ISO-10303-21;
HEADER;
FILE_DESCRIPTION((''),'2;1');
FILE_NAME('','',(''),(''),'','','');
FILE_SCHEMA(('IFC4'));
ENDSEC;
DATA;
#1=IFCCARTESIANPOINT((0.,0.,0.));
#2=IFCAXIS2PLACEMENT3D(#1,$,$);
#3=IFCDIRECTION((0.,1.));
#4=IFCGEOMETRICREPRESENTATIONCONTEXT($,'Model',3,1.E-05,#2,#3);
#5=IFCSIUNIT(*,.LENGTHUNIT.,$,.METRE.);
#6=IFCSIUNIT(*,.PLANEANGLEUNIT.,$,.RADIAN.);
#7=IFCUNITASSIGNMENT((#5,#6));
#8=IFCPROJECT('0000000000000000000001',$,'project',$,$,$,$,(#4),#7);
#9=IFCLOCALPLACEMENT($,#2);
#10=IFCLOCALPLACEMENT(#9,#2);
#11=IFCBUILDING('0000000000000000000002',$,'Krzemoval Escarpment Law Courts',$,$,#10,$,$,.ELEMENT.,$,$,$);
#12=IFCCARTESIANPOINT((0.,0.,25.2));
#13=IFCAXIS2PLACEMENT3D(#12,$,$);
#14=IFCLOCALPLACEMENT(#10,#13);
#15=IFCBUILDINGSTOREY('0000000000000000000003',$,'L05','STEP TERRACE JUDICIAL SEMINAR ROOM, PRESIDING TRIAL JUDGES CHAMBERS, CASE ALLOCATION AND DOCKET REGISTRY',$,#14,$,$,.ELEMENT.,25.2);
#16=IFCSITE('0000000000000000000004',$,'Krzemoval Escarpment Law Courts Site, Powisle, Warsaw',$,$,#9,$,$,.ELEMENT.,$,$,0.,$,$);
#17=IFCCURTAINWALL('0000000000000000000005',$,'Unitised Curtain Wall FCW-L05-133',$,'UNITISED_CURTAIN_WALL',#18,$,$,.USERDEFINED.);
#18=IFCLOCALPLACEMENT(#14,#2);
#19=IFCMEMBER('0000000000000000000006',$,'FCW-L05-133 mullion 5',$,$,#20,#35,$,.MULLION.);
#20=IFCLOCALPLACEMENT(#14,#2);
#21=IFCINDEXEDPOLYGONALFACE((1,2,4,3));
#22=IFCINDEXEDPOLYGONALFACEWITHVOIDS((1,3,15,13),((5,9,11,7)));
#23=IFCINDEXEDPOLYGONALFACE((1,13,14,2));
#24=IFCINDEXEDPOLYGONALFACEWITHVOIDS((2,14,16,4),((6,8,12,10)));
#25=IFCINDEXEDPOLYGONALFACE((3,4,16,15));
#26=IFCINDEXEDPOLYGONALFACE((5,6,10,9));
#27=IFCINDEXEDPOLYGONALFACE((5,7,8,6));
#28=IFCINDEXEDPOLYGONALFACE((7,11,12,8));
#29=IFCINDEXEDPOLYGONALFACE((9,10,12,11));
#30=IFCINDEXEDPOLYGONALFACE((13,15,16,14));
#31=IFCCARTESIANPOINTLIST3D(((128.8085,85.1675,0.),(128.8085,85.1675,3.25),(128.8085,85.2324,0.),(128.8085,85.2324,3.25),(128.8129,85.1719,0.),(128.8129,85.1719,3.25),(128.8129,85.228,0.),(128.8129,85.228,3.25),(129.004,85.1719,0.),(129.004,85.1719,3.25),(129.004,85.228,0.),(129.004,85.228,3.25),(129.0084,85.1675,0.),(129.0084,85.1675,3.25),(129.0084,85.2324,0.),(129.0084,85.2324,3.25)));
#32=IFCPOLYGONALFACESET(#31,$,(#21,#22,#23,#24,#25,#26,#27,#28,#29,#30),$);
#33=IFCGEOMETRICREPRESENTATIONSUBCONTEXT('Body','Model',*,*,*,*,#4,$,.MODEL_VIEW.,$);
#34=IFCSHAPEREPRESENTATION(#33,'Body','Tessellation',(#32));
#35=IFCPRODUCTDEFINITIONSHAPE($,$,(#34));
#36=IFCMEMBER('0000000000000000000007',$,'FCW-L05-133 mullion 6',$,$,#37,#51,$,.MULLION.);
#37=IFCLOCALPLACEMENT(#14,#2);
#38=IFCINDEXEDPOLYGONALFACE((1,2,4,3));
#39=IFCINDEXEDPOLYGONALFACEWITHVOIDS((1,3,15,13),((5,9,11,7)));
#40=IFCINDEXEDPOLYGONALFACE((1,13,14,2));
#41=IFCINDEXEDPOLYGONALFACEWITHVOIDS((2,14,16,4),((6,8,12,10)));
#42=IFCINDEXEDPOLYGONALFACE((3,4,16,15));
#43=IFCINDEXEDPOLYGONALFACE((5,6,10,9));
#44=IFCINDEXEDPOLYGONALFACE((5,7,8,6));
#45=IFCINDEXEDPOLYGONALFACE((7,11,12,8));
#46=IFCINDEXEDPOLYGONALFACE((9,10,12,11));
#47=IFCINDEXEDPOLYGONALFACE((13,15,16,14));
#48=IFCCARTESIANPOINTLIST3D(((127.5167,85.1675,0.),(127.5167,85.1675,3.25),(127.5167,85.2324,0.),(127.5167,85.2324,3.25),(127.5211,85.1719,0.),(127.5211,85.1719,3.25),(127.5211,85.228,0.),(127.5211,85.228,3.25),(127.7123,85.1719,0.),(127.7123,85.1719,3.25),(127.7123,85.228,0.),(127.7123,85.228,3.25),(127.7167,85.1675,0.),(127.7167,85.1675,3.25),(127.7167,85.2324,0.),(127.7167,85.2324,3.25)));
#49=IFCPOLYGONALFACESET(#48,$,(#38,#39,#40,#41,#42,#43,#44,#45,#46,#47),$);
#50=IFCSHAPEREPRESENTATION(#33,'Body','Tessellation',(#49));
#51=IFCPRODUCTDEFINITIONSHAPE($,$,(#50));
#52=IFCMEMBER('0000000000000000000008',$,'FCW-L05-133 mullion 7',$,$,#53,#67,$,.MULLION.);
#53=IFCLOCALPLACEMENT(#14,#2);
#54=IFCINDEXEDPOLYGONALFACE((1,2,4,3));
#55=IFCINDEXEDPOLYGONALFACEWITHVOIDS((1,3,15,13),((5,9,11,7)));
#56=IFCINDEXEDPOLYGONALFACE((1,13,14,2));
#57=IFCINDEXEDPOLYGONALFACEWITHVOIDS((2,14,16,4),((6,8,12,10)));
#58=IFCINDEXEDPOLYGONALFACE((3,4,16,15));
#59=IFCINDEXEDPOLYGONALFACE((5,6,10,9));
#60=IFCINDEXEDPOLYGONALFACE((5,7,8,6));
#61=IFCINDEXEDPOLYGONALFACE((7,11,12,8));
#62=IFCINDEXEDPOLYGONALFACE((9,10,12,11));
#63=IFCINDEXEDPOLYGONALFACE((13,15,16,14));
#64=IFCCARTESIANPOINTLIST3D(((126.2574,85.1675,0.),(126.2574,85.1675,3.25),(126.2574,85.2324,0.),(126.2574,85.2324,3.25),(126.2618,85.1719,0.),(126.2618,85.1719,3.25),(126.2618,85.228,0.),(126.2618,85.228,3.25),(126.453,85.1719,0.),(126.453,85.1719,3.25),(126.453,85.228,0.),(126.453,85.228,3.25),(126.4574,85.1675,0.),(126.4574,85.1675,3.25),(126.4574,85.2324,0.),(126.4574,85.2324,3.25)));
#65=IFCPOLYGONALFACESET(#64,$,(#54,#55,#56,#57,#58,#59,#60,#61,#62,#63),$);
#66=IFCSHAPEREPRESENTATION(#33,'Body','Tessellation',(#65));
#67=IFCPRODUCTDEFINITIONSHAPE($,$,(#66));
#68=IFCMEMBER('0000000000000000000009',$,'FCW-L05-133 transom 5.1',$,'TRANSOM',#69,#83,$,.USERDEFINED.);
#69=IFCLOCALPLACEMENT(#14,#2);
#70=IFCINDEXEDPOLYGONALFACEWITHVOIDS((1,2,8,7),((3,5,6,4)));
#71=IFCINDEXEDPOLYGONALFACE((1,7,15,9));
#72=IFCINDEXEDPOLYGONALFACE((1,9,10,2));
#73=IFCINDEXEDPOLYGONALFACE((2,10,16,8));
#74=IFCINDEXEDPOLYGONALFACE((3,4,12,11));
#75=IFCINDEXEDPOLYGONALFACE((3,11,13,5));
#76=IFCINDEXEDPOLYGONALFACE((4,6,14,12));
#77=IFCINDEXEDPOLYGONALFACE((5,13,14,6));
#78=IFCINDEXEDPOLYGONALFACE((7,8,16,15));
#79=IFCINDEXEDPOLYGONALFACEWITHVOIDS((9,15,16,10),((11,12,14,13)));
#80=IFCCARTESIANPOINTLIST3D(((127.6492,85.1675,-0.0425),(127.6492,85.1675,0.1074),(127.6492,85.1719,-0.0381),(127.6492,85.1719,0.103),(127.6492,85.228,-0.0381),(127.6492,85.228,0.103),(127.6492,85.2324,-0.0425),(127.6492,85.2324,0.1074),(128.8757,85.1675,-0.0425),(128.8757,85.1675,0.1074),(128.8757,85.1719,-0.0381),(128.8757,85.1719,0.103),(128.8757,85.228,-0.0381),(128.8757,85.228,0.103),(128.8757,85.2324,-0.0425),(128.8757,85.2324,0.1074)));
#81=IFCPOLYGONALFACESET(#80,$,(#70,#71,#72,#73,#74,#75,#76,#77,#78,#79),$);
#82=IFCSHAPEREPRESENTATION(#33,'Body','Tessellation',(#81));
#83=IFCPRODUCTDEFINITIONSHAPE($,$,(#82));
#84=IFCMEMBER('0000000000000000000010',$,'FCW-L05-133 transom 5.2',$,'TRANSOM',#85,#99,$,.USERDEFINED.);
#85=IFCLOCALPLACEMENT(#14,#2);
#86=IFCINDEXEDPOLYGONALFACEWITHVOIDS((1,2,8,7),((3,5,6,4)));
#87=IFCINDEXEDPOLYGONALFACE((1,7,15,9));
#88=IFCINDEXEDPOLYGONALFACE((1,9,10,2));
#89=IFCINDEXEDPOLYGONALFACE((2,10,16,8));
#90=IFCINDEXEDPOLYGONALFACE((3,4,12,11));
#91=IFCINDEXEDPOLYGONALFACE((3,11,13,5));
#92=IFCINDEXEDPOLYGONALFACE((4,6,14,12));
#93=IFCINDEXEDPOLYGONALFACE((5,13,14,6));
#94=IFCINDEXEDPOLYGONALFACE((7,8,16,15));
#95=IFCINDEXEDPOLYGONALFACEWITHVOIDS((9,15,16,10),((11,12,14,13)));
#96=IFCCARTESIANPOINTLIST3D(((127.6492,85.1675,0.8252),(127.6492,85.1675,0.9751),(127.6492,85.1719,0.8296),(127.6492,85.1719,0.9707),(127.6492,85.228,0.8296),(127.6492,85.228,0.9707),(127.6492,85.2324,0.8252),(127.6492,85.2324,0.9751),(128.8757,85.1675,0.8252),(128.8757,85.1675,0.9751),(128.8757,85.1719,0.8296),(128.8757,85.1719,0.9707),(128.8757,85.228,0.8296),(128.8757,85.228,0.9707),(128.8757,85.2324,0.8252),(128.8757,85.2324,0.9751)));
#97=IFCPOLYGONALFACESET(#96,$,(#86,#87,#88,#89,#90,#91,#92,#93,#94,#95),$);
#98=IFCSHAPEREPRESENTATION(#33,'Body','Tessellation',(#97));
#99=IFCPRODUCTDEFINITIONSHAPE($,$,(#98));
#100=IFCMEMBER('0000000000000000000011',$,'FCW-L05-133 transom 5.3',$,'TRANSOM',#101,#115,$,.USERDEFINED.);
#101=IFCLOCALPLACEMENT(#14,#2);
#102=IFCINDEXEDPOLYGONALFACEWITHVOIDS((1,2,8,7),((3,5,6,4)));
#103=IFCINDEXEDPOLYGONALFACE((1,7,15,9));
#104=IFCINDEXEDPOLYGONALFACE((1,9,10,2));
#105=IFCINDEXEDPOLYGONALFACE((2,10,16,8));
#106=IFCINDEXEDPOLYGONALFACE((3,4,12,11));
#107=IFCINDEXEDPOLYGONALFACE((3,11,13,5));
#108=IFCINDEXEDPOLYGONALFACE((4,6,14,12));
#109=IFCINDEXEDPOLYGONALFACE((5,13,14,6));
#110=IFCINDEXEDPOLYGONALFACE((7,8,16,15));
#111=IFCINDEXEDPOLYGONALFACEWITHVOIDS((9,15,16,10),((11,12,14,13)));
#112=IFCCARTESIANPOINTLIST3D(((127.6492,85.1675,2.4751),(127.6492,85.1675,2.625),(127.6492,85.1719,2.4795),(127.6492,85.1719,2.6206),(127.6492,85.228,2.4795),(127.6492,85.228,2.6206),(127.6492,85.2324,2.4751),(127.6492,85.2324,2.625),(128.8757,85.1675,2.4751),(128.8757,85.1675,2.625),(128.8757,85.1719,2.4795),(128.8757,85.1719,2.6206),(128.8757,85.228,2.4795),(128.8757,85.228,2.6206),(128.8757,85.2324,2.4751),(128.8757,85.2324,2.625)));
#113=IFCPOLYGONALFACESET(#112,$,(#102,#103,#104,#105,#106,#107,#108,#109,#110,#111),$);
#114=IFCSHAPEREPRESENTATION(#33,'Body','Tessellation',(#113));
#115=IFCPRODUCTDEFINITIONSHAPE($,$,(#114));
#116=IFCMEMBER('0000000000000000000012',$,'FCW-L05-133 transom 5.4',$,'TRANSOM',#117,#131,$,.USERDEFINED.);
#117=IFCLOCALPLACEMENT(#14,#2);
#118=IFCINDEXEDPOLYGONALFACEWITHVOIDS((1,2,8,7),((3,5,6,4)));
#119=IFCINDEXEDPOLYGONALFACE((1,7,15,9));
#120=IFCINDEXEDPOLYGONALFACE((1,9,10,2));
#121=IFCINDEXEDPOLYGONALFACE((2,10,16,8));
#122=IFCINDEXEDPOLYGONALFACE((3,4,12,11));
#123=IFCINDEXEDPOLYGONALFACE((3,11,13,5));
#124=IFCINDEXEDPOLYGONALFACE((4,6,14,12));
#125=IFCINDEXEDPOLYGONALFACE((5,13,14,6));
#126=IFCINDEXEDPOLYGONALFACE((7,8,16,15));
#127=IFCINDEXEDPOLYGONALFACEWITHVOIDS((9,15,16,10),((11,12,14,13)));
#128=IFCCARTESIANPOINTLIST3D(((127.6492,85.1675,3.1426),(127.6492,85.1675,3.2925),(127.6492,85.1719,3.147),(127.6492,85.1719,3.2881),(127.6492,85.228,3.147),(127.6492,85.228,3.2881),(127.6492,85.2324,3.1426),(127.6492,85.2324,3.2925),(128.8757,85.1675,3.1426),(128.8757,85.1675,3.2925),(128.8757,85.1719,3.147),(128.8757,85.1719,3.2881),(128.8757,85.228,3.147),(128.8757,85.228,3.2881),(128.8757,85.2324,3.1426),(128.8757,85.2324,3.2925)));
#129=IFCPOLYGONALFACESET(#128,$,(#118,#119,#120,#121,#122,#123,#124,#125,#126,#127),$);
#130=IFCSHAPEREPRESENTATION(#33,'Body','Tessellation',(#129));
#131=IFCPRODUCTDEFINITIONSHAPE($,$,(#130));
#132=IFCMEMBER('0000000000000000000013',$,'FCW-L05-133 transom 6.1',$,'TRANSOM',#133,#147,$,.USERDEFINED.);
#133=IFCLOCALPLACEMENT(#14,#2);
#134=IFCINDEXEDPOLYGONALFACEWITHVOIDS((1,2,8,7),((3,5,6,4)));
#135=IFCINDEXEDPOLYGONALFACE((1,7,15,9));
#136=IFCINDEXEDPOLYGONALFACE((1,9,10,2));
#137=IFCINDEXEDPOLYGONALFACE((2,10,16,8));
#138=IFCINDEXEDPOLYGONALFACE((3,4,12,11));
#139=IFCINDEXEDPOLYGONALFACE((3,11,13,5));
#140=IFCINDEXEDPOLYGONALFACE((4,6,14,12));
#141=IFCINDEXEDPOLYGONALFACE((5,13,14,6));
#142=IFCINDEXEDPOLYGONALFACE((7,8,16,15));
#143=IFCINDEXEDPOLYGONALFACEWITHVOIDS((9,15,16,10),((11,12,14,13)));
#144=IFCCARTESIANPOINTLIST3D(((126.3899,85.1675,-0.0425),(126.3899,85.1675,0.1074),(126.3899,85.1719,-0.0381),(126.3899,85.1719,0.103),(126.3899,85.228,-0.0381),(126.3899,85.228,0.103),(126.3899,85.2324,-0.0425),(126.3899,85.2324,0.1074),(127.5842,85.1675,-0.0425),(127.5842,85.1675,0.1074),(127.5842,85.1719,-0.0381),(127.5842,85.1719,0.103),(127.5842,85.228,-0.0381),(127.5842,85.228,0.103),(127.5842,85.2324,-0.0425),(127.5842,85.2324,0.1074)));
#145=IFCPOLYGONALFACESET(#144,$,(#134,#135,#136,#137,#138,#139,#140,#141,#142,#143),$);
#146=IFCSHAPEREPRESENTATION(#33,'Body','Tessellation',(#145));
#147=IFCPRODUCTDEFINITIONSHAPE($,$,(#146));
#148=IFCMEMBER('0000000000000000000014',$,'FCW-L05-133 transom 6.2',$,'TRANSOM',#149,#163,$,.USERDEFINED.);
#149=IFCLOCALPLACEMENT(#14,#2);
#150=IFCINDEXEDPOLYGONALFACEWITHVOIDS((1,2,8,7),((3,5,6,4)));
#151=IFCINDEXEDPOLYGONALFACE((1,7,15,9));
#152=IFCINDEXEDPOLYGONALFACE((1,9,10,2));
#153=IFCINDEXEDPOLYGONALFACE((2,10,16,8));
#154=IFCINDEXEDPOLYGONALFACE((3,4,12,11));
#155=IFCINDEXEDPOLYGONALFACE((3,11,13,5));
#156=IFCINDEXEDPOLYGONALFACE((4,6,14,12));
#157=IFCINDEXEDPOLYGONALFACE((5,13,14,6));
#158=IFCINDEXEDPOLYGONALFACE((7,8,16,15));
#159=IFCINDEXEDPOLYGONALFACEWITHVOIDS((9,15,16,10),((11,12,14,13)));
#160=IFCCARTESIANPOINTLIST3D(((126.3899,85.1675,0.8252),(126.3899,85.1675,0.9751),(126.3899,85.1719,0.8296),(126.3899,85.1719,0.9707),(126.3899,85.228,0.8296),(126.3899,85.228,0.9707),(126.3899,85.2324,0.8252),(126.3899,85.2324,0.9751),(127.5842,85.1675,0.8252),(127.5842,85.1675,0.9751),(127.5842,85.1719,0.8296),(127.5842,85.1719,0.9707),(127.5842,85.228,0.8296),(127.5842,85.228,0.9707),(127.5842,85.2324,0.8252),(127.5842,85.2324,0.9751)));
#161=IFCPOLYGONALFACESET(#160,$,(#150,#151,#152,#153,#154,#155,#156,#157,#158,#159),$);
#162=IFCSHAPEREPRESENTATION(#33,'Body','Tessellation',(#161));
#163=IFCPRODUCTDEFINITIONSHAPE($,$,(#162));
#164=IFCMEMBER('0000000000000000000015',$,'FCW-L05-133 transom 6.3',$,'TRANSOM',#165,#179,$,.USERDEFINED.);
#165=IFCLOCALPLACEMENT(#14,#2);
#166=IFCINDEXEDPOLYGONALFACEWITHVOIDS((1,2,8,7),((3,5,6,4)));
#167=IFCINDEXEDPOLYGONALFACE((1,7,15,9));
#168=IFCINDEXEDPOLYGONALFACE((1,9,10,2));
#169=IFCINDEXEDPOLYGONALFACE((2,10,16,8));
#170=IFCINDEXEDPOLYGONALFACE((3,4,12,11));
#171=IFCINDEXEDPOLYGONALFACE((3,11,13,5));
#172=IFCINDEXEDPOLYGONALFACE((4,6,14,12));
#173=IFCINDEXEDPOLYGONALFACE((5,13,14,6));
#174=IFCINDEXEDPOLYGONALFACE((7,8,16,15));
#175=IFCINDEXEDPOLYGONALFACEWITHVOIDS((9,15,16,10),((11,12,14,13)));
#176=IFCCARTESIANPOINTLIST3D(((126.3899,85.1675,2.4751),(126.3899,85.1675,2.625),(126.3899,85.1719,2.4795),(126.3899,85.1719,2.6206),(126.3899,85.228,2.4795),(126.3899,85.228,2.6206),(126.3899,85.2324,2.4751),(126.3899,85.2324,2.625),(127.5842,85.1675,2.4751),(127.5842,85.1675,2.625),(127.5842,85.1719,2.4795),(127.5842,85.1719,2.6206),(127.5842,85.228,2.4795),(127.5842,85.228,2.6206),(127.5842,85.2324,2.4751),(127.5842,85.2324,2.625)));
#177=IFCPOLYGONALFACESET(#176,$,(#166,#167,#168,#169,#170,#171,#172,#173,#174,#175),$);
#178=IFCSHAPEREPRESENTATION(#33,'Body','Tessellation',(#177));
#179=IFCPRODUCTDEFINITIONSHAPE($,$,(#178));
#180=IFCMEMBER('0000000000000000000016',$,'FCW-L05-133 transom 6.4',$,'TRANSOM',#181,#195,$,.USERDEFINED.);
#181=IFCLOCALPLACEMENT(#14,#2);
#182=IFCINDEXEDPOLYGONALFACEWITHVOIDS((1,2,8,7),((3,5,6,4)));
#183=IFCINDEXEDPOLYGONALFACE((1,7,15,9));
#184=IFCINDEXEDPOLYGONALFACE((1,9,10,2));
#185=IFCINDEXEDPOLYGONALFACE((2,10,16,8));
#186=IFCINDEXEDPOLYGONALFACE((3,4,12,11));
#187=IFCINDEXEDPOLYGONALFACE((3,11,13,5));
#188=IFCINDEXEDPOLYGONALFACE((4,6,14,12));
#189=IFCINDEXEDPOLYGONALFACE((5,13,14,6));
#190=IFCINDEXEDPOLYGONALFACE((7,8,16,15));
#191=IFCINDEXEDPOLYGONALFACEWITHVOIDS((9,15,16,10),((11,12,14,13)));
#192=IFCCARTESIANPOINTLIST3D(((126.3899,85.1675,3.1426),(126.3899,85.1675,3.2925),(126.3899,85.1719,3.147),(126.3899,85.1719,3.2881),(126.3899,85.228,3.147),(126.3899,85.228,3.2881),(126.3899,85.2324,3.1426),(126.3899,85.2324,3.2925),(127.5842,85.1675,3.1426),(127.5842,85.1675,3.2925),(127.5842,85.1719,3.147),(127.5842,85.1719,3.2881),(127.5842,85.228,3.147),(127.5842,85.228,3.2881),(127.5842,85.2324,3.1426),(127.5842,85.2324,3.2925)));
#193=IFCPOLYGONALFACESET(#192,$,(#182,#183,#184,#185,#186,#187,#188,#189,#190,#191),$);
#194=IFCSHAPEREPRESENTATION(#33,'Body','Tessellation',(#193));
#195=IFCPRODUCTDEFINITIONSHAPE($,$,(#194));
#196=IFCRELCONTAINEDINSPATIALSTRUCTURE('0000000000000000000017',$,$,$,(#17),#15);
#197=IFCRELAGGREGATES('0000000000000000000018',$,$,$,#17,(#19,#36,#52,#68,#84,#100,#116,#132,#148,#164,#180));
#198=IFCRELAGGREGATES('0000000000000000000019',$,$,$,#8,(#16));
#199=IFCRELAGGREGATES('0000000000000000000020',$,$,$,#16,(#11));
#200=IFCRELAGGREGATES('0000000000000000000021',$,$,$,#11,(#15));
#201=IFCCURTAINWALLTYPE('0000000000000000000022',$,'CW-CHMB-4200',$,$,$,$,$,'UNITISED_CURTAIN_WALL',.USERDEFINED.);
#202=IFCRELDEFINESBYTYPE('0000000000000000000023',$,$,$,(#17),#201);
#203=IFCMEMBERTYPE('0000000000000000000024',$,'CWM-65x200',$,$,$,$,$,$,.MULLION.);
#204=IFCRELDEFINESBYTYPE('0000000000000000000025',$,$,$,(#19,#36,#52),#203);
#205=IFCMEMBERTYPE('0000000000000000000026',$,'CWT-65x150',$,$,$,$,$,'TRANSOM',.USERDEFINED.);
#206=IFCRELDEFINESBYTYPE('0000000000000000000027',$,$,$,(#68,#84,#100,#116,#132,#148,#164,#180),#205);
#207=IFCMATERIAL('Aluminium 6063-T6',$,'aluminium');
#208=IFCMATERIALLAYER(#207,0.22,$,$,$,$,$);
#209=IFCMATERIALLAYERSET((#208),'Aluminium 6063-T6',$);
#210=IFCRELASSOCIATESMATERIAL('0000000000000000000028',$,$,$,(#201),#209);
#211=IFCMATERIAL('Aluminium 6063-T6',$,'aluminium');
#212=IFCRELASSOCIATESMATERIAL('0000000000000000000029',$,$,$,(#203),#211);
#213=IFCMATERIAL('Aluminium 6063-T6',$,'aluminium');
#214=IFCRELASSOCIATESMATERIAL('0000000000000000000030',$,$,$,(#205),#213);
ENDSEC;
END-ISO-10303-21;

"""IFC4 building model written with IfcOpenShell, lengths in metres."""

from ifc_helpers import new_model, si_unit, direction, frame, origin, origin_2d, place, context, subcontext, project, spatial, hollow_rectangle, extrude, material, layer, layer_set, material_profile, profile_set, type_object, element, aggregate, save


model = new_model("IFC4")

# Units and contexts
model_context = context("Model", 3, precision=1e-05, world=origin(), true_north=direction((0.0, 1.0)))
body_context = subcontext(model_context, "Body", "Model", "MODEL_VIEW")
ifc_project = project(units=[si_unit("LENGTHUNIT", "METRE"), si_unit("PLANEANGLEUNIT", "RADIAN")], contexts=[model_context])

# Site, building, storey
site_placement = place(None, origin())
site = spatial("IfcSite", under=ifc_project, at=site_placement, Name="Krzemoval Escarpment Law Courts Site, Powisle, Warsaw", CompositionType="ELEMENT", RefElevation=0.0)
building_placement = place(site_placement, origin())
building = spatial("IfcBuilding", under=site, at=building_placement, Name="Krzemoval Escarpment Law Courts", CompositionType="ELEMENT")
storey_placement = place(building_placement, frame((0.0, 0.0, 25.2)))
storey = spatial("IfcBuildingStorey", under=building, at=storey_placement, Name="L05", Description="STEP TERRACE JUDICIAL SEMINAR ROOM, PRESIDING TRIAL JUDGES CHAMBERS, CASE ALLOCATION AND DOCKET REGISTRY", CompositionType="ELEMENT", Elevation=25.2)

# Curtain wall, members
ifc_material_1 = material(Name="Aluminium 6063-T6", Category="aluminium")
ifc_layer_1 = layer(ifc_material_1, 0.22)
ifc_layer_set_1 = layer_set([ifc_layer_1], Name="Aluminium 6063-T6")
curtain_wall_type = type_object("IfcCurtainWallType", Name="CW-CHMB-4200", ElementType="UNITISED_CURTAIN_WALL", PredefinedType="USERDEFINED", material=ifc_layer_set_1)
curtain_wall_placement = place(storey_placement, origin())
curtain_wall = element("IfcCurtainWall", 1, at=curtain_wall_placement, inside=storey, type_object=curtain_wall_type, Name="Unitised Curtain Wall FCW-L05-133", ObjectType="UNITISED_CURTAIN_WALL", PredefinedType="USERDEFINED")
ifc_material_2 = material(Name="Aluminium 6063-T6", Category="aluminium")
ifc_material_profile_1 = material_profile(ifc_material_2, hollow_rectangle(XDim=0.0649, YDim=0.2, WallThickness=0.0044, at=origin_2d()), Name="ALU M65x200")
ifc_profile_set_1 = profile_set([ifc_material_profile_1], Name="Aluminium 6063-T6")
member_type_1 = type_object("IfcMemberType", Name="CWM-65x200", PredefinedType="MULLION", material=ifc_profile_set_1)
member_1_placement = place(storey_placement, frame((128.9084, 85.2, 0.0), z_axis=(0.0, 0.0, 1.0), x_axis=(0.0, -1.0, 0.0)))
member_1 = element("IfcMember", 2, at=member_1_placement, type_object=member_type_1, Name="FCW-L05-133 mullion 5", PredefinedType="MULLION", context=body_context, shape_type="SweptSolid", body=[
    extrude(hollow_rectangle(XDim=0.0649, YDim=0.2, WallThickness=0.0044, at=origin_2d()), origin(), (0.0, 0.0, 1.0), 3.25),
])
member_2_placement = place(storey_placement, frame((127.6167, 85.2, 0.0), z_axis=(0.0, 0.0, 1.0), x_axis=(0.0, -1.0, 0.0)))
member_2 = element("IfcMember", 3, at=member_2_placement, type_object=member_type_1, Name="FCW-L05-133 mullion 6", PredefinedType="MULLION", context=body_context, shape_type="SweptSolid", body=[
    extrude(hollow_rectangle(XDim=0.0649, YDim=0.2, WallThickness=0.0044, at=origin_2d()), origin(), (0.0, 0.0, 1.0), 3.25),
])
member_3_placement = place(storey_placement, frame((126.3574, 85.2, 0.0), z_axis=(0.0, 0.0, 1.0), x_axis=(0.0, -1.0, 0.0)))
member_3 = element("IfcMember", 4, at=member_3_placement, type_object=member_type_1, Name="FCW-L05-133 mullion 7", PredefinedType="MULLION", context=body_context, shape_type="SweptSolid", body=[
    extrude(hollow_rectangle(XDim=0.0649, YDim=0.2, WallThickness=0.0044, at=origin_2d()), origin(), (0.0, 0.0, 1.0), 3.25),
])
ifc_material_3 = material(Name="Aluminium 6063-T6", Category="aluminium")
ifc_material_profile_2 = material_profile(ifc_material_3, hollow_rectangle(XDim=0.0649, YDim=0.1499, WallThickness=0.0044, at=origin_2d()), Name="ALU T65x150")
ifc_profile_set_2 = profile_set([ifc_material_profile_2], Name="Aluminium 6063-T6")
member_type_2 = type_object("IfcMemberType", Name="CWT-65x150", ElementType="TRANSOM", PredefinedType="USERDEFINED", material=ifc_profile_set_2)
member_4_placement = place(storey_placement, frame((128.8757, 85.2, 0.0325), z_axis=(-1.0, 0.0, 0.0), x_axis=(0.0, -1.0, 0.0)))
member_4 = element("IfcMember", 5, at=member_4_placement, type_object=member_type_2, Name="FCW-L05-133 transom 5.1", ObjectType="TRANSOM", PredefinedType="USERDEFINED", context=body_context, shape_type="SweptSolid", body=[
    extrude(hollow_rectangle(XDim=0.0649, YDim=0.1499, WallThickness=0.0044, at=origin_2d()), origin(), (0.0, 0.0, 1.0), 1.2266),
])
member_5_placement = place(storey_placement, frame((128.8757, 85.2, 0.9001), z_axis=(-1.0, 0.0, 0.0), x_axis=(0.0, -1.0, 0.0)))
member_5 = element("IfcMember", 6, at=member_5_placement, type_object=member_type_2, Name="FCW-L05-133 transom 5.2", ObjectType="TRANSOM", PredefinedType="USERDEFINED", context=body_context, shape_type="SweptSolid", body=[
    extrude(hollow_rectangle(XDim=0.0649, YDim=0.1499, WallThickness=0.0044, at=origin_2d()), origin(), (0.0, 0.0, 1.0), 1.2266),
])
member_6_placement = place(storey_placement, frame((128.8757, 85.2, 2.55), z_axis=(-1.0, 0.0, 0.0), x_axis=(0.0, -1.0, 0.0)))
member_6 = element("IfcMember", 7, at=member_6_placement, type_object=member_type_2, Name="FCW-L05-133 transom 5.3", ObjectType="TRANSOM", PredefinedType="USERDEFINED", context=body_context, shape_type="SweptSolid", body=[
    extrude(hollow_rectangle(XDim=0.0649, YDim=0.1499, WallThickness=0.0044, at=origin_2d()), origin(), (0.0, 0.0, 1.0), 1.2266),
])
member_7_placement = place(storey_placement, frame((128.8757, 85.2, 3.2175), z_axis=(-1.0, 0.0, 0.0), x_axis=(0.0, -1.0, 0.0)))
member_7 = element("IfcMember", 8, at=member_7_placement, type_object=member_type_2, Name="FCW-L05-133 transom 5.4", ObjectType="TRANSOM", PredefinedType="USERDEFINED", context=body_context, shape_type="SweptSolid", body=[
    extrude(hollow_rectangle(XDim=0.0649, YDim=0.1499, WallThickness=0.0044, at=origin_2d()), origin(), (0.0, 0.0, 1.0), 1.2266),
])
member_8_placement = place(storey_placement, frame((127.5842, 85.2, 0.0325), z_axis=(-1.0, 0.0, 0.0), x_axis=(0.0, -1.0, 0.0)))
member_8 = element("IfcMember", 9, at=member_8_placement, type_object=member_type_2, Name="FCW-L05-133 transom 6.1", ObjectType="TRANSOM", PredefinedType="USERDEFINED", context=body_context, shape_type="SweptSolid", body=[
    extrude(hollow_rectangle(XDim=0.0649, YDim=0.1499, WallThickness=0.0044, at=origin_2d()), origin(), (0.0, 0.0, 1.0), 1.1943),
])
member_9_placement = place(storey_placement, frame((127.5842, 85.2, 0.9001), z_axis=(-1.0, 0.0, 0.0), x_axis=(0.0, -1.0, 0.0)))
member_9 = element("IfcMember", 10, at=member_9_placement, type_object=member_type_2, Name="FCW-L05-133 transom 6.2", ObjectType="TRANSOM", PredefinedType="USERDEFINED", context=body_context, shape_type="SweptSolid", body=[
    extrude(hollow_rectangle(XDim=0.0649, YDim=0.1499, WallThickness=0.0044, at=origin_2d()), origin(), (0.0, 0.0, 1.0), 1.1943),
])
member_10_placement = place(storey_placement, frame((127.5842, 85.2, 2.55), z_axis=(-1.0, 0.0, 0.0), x_axis=(0.0, -1.0, 0.0)))
member_10 = element("IfcMember", 11, at=member_10_placement, type_object=member_type_2, Name="FCW-L05-133 transom 6.3", ObjectType="TRANSOM", PredefinedType="USERDEFINED", context=body_context, shape_type="SweptSolid", body=[
    extrude(hollow_rectangle(XDim=0.0649, YDim=0.1499, WallThickness=0.0044, at=origin_2d()), origin(), (0.0, 0.0, 1.0), 1.1943),
])
member_11_placement = place(storey_placement, frame((127.5842, 85.2, 3.2175), z_axis=(-1.0, 0.0, 0.0), x_axis=(0.0, -1.0, 0.0)))
member_11 = element("IfcMember", 12, at=member_11_placement, type_object=member_type_2, Name="FCW-L05-133 transom 6.4", ObjectType="TRANSOM", PredefinedType="USERDEFINED", context=body_context, shape_type="SweptSolid", body=[
    extrude(hollow_rectangle(XDim=0.0649, YDim=0.1499, WallThickness=0.0044, at=origin_2d()), origin(), (0.0, 0.0, 1.0), 1.1943),
])

aggregate(curtain_wall, [member_1, member_2, member_3, member_4, member_5, member_6, member_7, member_8, member_9, member_10, member_11])

save(model, "model.ifc")
